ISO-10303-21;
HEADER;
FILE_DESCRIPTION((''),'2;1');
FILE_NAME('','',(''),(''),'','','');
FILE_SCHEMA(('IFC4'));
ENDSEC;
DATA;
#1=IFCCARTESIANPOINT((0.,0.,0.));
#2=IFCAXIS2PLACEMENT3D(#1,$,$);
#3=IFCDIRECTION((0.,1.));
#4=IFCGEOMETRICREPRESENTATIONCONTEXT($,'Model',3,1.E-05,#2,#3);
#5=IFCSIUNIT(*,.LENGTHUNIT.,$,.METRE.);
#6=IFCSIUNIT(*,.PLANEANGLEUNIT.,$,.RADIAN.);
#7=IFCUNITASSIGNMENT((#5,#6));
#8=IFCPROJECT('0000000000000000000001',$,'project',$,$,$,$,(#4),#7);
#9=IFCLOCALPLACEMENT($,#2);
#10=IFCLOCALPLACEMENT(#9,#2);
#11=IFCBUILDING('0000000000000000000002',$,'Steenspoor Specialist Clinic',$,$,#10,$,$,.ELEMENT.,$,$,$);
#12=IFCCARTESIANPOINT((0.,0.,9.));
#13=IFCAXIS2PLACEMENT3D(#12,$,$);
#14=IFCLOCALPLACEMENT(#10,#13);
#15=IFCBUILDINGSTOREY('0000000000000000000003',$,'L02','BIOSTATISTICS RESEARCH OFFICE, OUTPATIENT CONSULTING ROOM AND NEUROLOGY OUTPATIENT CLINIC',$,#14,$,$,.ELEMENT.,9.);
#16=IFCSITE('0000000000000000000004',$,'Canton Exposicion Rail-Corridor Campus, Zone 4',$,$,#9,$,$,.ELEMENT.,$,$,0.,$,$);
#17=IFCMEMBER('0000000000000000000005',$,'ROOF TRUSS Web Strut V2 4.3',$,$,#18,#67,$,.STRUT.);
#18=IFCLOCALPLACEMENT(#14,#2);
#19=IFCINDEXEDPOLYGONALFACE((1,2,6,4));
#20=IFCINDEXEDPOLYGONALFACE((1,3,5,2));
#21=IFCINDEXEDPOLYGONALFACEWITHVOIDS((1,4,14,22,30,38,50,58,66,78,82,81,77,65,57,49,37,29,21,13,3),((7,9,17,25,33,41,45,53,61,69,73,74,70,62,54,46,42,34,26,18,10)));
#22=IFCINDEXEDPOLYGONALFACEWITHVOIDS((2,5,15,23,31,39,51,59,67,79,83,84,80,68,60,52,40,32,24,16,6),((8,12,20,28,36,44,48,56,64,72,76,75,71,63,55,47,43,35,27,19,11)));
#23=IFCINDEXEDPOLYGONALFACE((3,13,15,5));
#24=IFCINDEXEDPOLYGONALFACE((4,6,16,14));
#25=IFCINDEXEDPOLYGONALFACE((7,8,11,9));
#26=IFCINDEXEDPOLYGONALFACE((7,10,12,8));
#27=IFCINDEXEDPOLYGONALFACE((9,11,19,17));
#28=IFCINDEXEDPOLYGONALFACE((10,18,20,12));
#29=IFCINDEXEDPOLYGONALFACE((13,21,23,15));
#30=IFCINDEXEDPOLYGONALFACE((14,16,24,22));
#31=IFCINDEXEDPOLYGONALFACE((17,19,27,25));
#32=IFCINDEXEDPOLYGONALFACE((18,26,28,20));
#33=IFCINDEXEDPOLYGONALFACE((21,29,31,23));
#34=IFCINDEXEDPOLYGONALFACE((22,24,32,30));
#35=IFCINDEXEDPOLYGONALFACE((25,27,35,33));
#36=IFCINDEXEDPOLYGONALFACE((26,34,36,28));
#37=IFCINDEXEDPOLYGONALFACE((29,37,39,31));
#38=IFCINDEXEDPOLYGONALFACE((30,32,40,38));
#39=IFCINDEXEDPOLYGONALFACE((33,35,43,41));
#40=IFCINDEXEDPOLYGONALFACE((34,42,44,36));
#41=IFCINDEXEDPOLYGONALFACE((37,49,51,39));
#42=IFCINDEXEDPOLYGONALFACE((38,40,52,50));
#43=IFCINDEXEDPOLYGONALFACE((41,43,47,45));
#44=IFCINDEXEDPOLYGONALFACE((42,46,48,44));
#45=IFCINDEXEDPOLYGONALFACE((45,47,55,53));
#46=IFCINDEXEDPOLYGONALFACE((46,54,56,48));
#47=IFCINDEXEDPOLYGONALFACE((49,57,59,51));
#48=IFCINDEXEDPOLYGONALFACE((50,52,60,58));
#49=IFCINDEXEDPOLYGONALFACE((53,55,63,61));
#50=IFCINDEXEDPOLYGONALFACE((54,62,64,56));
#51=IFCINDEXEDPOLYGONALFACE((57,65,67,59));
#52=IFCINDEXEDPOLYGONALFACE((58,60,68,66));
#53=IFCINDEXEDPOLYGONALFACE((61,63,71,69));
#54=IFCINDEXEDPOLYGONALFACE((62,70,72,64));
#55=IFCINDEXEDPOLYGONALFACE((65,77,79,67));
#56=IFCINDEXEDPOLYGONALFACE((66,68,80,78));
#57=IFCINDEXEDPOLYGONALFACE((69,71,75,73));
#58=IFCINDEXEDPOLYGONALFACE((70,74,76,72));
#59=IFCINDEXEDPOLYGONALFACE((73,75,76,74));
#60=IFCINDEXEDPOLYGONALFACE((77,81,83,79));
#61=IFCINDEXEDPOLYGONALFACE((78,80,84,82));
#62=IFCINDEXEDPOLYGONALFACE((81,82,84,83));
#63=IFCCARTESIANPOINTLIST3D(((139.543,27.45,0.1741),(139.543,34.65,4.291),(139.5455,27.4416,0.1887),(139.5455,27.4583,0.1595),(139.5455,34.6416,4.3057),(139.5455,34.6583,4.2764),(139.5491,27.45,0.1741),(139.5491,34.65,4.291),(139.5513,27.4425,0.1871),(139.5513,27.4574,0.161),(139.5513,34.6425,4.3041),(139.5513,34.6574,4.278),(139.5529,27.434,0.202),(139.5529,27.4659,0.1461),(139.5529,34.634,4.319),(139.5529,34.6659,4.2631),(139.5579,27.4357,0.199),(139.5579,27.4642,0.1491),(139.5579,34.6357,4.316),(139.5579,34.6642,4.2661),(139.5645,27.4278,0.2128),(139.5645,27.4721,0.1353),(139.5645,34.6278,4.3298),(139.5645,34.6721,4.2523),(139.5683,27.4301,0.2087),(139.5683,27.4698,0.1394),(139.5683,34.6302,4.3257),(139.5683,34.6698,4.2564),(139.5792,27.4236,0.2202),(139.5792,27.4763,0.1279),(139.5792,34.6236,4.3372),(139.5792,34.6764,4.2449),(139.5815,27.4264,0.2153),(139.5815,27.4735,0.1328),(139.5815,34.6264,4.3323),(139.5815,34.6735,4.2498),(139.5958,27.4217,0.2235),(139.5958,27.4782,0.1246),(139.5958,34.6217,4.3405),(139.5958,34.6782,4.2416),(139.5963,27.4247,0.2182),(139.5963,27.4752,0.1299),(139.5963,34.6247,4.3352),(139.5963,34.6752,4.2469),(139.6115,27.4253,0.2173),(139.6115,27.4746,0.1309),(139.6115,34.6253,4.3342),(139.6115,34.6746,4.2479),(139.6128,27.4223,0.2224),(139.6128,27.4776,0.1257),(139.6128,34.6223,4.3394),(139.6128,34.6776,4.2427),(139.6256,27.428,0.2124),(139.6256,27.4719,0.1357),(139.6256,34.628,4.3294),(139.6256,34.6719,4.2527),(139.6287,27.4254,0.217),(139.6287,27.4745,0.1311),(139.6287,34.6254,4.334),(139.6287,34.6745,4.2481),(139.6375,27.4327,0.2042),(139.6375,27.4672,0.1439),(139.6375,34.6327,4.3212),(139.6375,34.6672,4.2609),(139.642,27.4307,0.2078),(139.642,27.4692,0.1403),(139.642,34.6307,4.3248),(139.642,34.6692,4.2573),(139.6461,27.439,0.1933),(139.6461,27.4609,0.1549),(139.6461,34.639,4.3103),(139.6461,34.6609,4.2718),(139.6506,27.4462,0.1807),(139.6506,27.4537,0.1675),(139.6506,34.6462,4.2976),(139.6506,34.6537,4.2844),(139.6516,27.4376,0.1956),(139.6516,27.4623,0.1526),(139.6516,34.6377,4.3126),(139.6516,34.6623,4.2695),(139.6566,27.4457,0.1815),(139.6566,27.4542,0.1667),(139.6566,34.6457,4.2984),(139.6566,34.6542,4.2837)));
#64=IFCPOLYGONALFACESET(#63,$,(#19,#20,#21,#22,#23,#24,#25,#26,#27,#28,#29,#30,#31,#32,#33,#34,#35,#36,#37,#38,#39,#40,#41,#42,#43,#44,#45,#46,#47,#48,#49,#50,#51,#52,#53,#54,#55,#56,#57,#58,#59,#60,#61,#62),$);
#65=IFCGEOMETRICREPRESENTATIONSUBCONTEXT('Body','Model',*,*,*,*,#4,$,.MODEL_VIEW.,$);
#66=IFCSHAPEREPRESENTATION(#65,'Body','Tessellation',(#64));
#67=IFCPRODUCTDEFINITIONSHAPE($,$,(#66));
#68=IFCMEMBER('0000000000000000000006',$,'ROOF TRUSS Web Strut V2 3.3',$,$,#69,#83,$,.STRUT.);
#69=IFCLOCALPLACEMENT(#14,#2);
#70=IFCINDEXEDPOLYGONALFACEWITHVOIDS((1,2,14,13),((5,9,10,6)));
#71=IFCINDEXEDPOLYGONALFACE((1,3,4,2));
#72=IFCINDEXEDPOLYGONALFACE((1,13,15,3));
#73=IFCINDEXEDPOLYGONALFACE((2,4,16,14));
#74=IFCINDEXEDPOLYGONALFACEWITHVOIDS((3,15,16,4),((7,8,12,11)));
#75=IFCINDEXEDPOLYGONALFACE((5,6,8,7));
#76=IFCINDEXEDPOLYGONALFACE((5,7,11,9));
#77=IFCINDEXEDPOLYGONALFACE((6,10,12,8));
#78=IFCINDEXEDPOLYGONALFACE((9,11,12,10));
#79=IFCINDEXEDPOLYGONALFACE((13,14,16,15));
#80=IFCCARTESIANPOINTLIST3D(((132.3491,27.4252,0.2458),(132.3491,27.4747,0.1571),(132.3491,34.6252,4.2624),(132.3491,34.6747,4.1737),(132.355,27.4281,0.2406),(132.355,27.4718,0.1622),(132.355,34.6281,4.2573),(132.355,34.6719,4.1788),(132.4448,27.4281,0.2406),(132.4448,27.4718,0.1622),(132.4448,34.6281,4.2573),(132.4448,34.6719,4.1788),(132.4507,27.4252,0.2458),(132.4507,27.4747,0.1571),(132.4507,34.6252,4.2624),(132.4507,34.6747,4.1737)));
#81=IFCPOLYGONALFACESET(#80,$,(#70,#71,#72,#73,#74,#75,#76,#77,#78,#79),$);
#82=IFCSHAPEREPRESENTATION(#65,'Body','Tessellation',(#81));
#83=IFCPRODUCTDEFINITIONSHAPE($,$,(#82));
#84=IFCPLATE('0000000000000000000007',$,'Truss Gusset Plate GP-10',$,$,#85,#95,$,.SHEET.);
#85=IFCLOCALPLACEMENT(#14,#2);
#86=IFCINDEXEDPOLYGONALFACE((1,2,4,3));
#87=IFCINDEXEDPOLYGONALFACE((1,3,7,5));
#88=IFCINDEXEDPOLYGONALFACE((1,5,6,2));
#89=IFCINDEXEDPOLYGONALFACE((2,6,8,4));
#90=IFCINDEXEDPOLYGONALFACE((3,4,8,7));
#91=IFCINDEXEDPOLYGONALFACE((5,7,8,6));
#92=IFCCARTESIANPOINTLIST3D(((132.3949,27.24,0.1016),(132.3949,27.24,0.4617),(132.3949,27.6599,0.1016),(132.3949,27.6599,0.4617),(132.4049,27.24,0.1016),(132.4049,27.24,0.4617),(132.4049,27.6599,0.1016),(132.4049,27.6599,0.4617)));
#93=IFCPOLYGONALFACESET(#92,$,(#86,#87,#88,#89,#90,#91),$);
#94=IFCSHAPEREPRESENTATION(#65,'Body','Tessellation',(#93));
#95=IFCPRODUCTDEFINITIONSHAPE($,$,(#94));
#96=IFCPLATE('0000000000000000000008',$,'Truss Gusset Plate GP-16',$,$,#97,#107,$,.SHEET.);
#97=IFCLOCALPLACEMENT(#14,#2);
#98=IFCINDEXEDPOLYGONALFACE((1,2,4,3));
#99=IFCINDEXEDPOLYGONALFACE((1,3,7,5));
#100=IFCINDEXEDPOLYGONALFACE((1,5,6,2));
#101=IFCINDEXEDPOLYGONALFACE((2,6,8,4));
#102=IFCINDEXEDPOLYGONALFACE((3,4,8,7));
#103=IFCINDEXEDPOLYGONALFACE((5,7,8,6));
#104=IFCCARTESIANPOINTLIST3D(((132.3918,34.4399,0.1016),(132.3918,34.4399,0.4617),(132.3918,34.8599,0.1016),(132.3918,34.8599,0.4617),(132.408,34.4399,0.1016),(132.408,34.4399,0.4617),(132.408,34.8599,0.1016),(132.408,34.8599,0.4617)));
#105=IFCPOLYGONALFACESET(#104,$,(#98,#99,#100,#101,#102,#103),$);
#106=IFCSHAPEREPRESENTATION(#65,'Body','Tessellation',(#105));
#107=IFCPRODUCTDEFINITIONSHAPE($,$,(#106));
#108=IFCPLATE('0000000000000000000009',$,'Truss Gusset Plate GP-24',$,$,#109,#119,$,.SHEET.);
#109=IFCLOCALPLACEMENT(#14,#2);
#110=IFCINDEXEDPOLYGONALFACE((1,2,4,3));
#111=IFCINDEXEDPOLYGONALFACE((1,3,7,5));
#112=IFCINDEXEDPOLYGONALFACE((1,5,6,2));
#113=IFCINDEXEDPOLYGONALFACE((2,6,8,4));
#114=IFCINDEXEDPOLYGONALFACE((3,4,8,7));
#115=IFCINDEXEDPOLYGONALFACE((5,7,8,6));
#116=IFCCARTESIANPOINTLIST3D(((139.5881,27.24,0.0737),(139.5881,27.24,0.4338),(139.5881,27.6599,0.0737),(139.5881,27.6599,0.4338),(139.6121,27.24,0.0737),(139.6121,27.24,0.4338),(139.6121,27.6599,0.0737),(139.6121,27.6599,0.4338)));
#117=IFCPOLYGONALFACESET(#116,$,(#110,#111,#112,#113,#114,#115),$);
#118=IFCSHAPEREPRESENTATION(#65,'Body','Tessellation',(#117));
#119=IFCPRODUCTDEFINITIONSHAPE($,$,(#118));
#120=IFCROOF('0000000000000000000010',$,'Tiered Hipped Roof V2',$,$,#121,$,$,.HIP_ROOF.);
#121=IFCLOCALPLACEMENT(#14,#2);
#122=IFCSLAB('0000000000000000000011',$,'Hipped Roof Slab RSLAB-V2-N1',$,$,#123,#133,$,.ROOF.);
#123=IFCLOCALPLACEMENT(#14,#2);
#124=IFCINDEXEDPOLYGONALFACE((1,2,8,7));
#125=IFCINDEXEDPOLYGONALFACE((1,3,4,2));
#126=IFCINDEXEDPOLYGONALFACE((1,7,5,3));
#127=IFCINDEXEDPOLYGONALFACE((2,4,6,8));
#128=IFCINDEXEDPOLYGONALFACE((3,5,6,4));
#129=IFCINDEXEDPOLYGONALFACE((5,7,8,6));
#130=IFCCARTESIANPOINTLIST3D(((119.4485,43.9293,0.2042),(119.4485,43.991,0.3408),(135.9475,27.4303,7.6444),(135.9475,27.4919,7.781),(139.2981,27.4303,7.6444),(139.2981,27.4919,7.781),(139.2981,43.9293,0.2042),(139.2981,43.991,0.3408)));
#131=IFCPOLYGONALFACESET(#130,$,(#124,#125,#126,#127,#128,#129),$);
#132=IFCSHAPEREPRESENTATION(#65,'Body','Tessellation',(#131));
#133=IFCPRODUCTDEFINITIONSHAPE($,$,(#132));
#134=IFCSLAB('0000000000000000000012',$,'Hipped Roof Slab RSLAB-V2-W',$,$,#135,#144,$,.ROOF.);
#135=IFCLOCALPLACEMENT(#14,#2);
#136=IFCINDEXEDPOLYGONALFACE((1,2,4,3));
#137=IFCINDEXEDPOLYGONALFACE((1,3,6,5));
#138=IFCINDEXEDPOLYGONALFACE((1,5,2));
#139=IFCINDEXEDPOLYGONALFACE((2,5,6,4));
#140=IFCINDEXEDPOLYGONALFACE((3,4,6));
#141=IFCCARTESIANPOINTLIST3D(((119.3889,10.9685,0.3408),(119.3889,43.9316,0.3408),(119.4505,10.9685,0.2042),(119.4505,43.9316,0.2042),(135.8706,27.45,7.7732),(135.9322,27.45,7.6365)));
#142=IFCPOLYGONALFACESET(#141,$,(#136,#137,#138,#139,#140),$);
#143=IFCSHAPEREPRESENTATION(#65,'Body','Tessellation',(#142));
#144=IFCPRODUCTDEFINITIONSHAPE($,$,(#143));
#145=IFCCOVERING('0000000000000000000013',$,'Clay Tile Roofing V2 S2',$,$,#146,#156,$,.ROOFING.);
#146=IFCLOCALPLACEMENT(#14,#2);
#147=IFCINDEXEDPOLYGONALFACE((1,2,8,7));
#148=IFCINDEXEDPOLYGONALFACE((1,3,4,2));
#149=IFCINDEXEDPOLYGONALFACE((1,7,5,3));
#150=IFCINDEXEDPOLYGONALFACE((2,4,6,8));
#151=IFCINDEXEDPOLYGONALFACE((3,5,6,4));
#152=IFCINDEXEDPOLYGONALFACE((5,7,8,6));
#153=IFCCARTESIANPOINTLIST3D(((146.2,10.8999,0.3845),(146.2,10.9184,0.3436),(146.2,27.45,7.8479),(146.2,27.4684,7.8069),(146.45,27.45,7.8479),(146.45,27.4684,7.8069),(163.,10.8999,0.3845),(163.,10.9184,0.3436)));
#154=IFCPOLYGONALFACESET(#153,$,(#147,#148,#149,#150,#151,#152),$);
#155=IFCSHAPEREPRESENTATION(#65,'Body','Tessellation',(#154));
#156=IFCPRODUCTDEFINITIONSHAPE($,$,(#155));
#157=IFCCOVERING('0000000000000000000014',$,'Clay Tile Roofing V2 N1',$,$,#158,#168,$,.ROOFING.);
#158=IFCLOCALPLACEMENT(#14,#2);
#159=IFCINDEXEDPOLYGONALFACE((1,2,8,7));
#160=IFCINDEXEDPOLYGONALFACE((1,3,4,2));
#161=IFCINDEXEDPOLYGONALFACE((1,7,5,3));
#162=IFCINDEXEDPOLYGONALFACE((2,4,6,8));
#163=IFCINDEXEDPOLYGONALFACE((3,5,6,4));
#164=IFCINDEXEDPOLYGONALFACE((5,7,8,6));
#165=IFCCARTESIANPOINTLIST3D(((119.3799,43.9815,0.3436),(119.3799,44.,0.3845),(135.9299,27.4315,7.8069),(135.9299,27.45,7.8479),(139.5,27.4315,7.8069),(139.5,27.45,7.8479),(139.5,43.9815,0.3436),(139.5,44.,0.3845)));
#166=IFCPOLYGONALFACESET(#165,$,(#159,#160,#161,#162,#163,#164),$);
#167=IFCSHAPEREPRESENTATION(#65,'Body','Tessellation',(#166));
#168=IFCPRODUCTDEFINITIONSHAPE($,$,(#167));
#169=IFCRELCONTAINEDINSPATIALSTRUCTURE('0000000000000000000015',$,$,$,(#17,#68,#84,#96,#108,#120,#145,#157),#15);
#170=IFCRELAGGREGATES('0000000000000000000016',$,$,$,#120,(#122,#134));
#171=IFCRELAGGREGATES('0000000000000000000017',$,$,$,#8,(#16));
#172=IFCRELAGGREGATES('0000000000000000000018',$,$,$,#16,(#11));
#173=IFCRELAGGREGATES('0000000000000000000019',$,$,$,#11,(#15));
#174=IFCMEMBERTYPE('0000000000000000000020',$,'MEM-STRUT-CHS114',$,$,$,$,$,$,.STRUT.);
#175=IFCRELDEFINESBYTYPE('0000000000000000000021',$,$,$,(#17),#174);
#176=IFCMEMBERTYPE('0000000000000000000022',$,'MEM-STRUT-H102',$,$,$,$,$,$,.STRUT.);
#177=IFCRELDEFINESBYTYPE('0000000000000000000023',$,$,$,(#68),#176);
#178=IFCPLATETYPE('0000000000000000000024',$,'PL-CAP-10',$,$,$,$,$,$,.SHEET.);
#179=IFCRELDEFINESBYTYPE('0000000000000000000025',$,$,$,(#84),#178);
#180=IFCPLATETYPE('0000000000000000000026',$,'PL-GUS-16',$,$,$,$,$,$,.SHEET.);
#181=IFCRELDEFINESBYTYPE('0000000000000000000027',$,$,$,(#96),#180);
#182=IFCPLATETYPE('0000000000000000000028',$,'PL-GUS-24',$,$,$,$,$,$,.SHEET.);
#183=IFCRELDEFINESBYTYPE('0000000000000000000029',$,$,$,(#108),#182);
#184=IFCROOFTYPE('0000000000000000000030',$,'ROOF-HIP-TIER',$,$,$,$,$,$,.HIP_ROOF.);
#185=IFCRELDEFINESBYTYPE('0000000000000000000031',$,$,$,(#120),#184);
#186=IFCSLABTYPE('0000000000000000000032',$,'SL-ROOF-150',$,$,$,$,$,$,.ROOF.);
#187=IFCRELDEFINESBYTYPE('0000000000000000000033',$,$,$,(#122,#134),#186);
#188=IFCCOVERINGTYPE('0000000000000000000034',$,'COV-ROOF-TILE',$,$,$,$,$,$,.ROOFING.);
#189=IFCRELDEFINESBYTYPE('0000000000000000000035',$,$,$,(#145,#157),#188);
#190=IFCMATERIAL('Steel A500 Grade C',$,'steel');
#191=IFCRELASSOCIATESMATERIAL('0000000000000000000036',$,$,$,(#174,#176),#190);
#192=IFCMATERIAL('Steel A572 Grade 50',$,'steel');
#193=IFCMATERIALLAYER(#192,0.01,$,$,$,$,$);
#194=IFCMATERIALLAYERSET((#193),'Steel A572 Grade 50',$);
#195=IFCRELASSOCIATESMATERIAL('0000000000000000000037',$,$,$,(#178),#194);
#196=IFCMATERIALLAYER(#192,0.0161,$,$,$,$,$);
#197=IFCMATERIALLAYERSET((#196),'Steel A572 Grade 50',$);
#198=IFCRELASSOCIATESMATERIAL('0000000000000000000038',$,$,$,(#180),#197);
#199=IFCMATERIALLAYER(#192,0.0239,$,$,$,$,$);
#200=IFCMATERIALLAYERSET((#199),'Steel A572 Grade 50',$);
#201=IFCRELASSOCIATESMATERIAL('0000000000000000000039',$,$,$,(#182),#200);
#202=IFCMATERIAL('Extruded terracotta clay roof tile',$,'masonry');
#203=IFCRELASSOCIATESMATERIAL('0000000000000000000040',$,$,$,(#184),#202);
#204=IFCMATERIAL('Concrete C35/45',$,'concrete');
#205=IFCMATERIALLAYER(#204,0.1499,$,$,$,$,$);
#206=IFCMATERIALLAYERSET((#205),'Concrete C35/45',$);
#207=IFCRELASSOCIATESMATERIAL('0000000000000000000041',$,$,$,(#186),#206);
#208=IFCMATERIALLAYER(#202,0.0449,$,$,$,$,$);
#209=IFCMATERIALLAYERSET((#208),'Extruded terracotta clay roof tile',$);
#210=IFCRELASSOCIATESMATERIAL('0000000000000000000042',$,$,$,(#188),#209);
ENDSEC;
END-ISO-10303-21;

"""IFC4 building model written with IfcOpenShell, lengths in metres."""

from ifc_helpers import new_model, si_unit, direction, frame, origin, origin_2d, place, context, subcontext, project, spatial, polyline, rectangle, hollow_rectangle, hollow_circle, outline, extrude, material, layer, layer_set, material_profile, profile_set, type_object, element, aggregate, save


model = new_model("IFC4")

# Units and contexts
model_context = context("Model", 3, precision=1e-05, world=origin(), true_north=direction((0.0, 1.0)))
body_context = subcontext(model_context, "Body", "Model", "MODEL_VIEW")
ifc_project = project(units=[si_unit("LENGTHUNIT", "METRE"), si_unit("PLANEANGLEUNIT", "RADIAN")], contexts=[model_context])

# Site, building, storey
site_placement = place(None, origin())
site = spatial("IfcSite", under=ifc_project, at=site_placement, Name="Canton Exposicion Rail-Corridor Campus, Zone 4", CompositionType="ELEMENT", RefElevation=0.0)
building_placement = place(site_placement, origin())
building = spatial("IfcBuilding", under=site, at=building_placement, Name="Steenspoor Specialist Clinic", CompositionType="ELEMENT")
storey_placement = place(building_placement, frame((0.0, 0.0, 9.0)))
storey = spatial("IfcBuildingStorey", under=building, at=storey_placement, Name="L02", Description="BIOSTATISTICS RESEARCH OFFICE, OUTPATIENT CONSULTING ROOM AND NEUROLOGY OUTPATIENT CLINIC", CompositionType="ELEMENT", Elevation=9.0)

# Members
ifc_material_1 = material(Name="Steel A500 Grade C", Category="steel")
ifc_material_profile_1 = material_profile(ifc_material_1, hollow_circle(Radius=0.0571, WallThickness=0.0061, at=origin_2d()), Name="CHS114X6.0")
ifc_profile_set_1 = profile_set([ifc_material_profile_1], Name="Steel A500 Grade C")
member_type_1 = type_object("IfcMemberType", Name="MEM-STRUT-CHS114", PredefinedType="STRUT", material=ifc_profile_set_1)
member_1_placement = place(storey_placement, frame((139.6001, 27.45, 0.1741), z_axis=(0.0, 0.868104, 0.496383), x_axis=(-1.0, 0.0, 0.0)))
element("IfcMember", 1, at=member_1_placement, inside=storey, type_object=member_type_1, Name="ROOF TRUSS Web Strut V2 4.3", PredefinedType="STRUT", context=body_context, shape_type="SweptSolid", body=[
    extrude(hollow_circle(Radius=0.0571, WallThickness=0.0061, at=origin_2d()), origin(), (0.0, 0.0, 1.0), 8.2939),
])
ifc_material_profile_2 = material_profile(ifc_material_1, hollow_rectangle(XDim=0.1016, YDim=0.1016, WallThickness=0.0059, at=origin_2d()), Name="HSS102X102X6.4")
ifc_profile_set_2 = profile_set([ifc_material_profile_2], Name="Steel A500 Grade C")
member_type_2 = type_object("IfcMemberType", Name="MEM-STRUT-H102", PredefinedType="STRUT", material=ifc_profile_set_2)
member_2_placement = place(storey_placement, frame((132.3999, 27.45, 0.2014), z_axis=(0.0, 0.8733, 0.487183), x_axis=(-1.0, 0.0, 0.0)))
element("IfcMember", 2, at=member_2_placement, inside=storey, type_object=member_type_2, Name="ROOF TRUSS Web Strut V2 3.3", PredefinedType="STRUT", context=body_context, shape_type="SweptSolid", body=[
    extrude(hollow_rectangle(XDim=0.1016, YDim=0.1016, WallThickness=0.0059, at=origin_2d()), origin(), (0.0, 0.0, 1.0), 8.2446),
])

# Plates
ifc_material_2 = material(Name="Steel A572 Grade 50", Category="steel")
ifc_layer_1 = layer(ifc_material_2, 0.01)
ifc_layer_set_1 = layer_set([ifc_layer_1], Name="Steel A572 Grade 50")
plate_type_1 = type_object("IfcPlateType", Name="PL-CAP-10", PredefinedType="SHEET", material=ifc_layer_set_1)
plate_1_placement = place(storey_placement, frame((132.3999, 27.45, 0.1016), z_axis=(0.0, 0.0, 1.0), x_axis=(1.0, 0.0, 0.0)))
element("IfcPlate", 3, at=plate_1_placement, inside=storey, type_object=plate_type_1, Name="Truss Gusset Plate GP-10", PredefinedType="SHEET", context=body_context, shape_type="SweptSolid", body=[
    extrude(rectangle(XDim=0.01, YDim=0.4199, at=origin_2d()), origin(), (0.0, 0.0, 1.0), 0.3601),
])
ifc_layer_2 = layer(ifc_material_2, 0.0161)
ifc_layer_set_2 = layer_set([ifc_layer_2], Name="Steel A572 Grade 50")
plate_type_2 = type_object("IfcPlateType", Name="PL-GUS-16", PredefinedType="SHEET", material=ifc_layer_set_2)
plate_2_placement = place(storey_placement, frame((132.3999, 34.6499, 0.1016), z_axis=(0.0, 0.0, 1.0), x_axis=(1.0, 0.0, 0.0)))
element("IfcPlate", 4, at=plate_2_placement, inside=storey, type_object=plate_type_2, Name="Truss Gusset Plate GP-16", PredefinedType="SHEET", context=body_context, shape_type="SweptSolid", body=[
    extrude(rectangle(XDim=0.0161, YDim=0.4199, at=origin_2d()), origin(), (0.0, 0.0, 1.0), 0.3601),
])
ifc_layer_3 = layer(ifc_material_2, 0.0239)
ifc_layer_set_3 = layer_set([ifc_layer_3], Name="Steel A572 Grade 50")
plate_type_3 = type_object("IfcPlateType", Name="PL-GUS-24", PredefinedType="SHEET", material=ifc_layer_set_3)
plate_3_placement = place(storey_placement, frame((139.6001, 27.45, 0.0737), z_axis=(0.0, 0.0, 1.0), x_axis=(1.0, 0.0, 0.0)))
element("IfcPlate", 5, at=plate_3_placement, inside=storey, type_object=plate_type_3, Name="Truss Gusset Plate GP-24", PredefinedType="SHEET", context=body_context, shape_type="SweptSolid", body=[
    extrude(rectangle(XDim=0.0239, YDim=0.4199, at=origin_2d()), origin(), (0.0, 0.0, 1.0), 0.3601),
])

# Roof, slabs
ifc_material_3 = material(Name="Extruded terracotta clay roof tile", Category="masonry")
roof_type = type_object("IfcRoofType", Name="ROOF-HIP-TIER", PredefinedType="HIP_ROOF", material=ifc_material_3)
roof_placement = place(storey_placement, origin())
roof = element("IfcRoof", 6, at=roof_placement, inside=storey, type_object=roof_type, Name="Tiered Hipped Roof V2", PredefinedType="HIP_ROOF")
ifc_material_4 = material(Name="Concrete C35/45", Category="concrete")
ifc_layer_4 = layer(ifc_material_4, 0.1499)
ifc_layer_set_4 = layer_set([ifc_layer_4], Name="Concrete C35/45")
slab_type = type_object("IfcSlabType", Name="SL-ROOF-150", PredefinedType="ROOF", material=ifc_layer_set_4)
slab_1_placement = place(storey_placement, frame((135.9475, 27.4919, 7.781), z_axis=(0.0, 0.411082, 0.911598), x_axis=(1.0, 0.0, 0.0)))
slab_1 = element("IfcSlab", 7, at=slab_1_placement, type_object=slab_type, Name="Hipped Roof Slab RSLAB-V2-N1", PredefinedType="ROOF", context=body_context, shape_type="SweptSolid", body=[
    extrude(outline(polyline([(0.0, 0.0), (3.3506, 0.0), (3.3506, 18.099), (-16.499, 18.099), (0.0, 0.0)])), origin(), (0.0, 0.0, -1.0), 0.1499),
])
slab_2_placement = place(storey_placement, frame((135.8706, 27.45, 7.7732), z_axis=(-0.411083, 0.0, 0.911598), x_axis=(-0.673687, 0.673687, -0.303797)))
slab_2 = element("IfcSlab", 8, at=slab_2_placement, type_object=slab_type, Name="Hipped Roof Slab RSLAB-V2-W", PredefinedType="ROOF", context=body_context, shape_type="SweptSolid", body=[
    extrude(outline(polyline([(0.0, 0.0), (24.4649, 0.0), (2.2581, 24.3603), (0.0, 0.0)])), origin(), (0.0, 0.0, -1.0), 0.1499),
])
aggregate(roof, [slab_1, slab_2])

# Coverings
ifc_layer_5 = layer(ifc_material_3, 0.0449)
ifc_layer_set_5 = layer_set([ifc_layer_5], Name="Extruded terracotta clay roof tile")
covering_type = type_object("IfcCoveringType", Name="COV-ROOF-TILE", PredefinedType="ROOFING", material=ifc_layer_set_5)
covering_1_placement = place(storey_placement, frame((146.2, 27.45, 7.8479), z_axis=(0.0, -0.411091, 0.911594), x_axis=(0.0, -0.911594, -0.411091)))
element("IfcCovering", 9, at=covering_1_placement, inside=storey, type_object=covering_type, Name="Clay Tile Roofing V2 S2", PredefinedType="ROOFING", context=body_context, shape_type="SweptSolid", body=[
    extrude(outline(polyline([(0.0, 0.0), (18.1551, 0.0), (18.1551, 16.8), (0.0, 0.25), (0.0, 0.0)])), origin(), (0.0, 0.0, -1.0), 0.0449),
])
covering_2_placement = place(storey_placement, frame((139.5, 27.45, 7.8479), z_axis=(0.0, 0.411091, 0.911594), x_axis=(0.0, 0.911594, -0.411091)))
element("IfcCovering", 10, at=covering_2_placement, inside=storey, type_object=covering_type, Name="Clay Tile Roofing V2 N1", PredefinedType="ROOFING", context=body_context, shape_type="SweptSolid", body=[
    extrude(outline(polyline([(0.0, 0.0), (18.1551, 0.0), (18.1551, 20.1201), (0.0, 3.5701), (0.0, 0.0)])), origin(), (0.0, 0.0, -1.0), 0.0449),
])

save(model, "model.ifc")
